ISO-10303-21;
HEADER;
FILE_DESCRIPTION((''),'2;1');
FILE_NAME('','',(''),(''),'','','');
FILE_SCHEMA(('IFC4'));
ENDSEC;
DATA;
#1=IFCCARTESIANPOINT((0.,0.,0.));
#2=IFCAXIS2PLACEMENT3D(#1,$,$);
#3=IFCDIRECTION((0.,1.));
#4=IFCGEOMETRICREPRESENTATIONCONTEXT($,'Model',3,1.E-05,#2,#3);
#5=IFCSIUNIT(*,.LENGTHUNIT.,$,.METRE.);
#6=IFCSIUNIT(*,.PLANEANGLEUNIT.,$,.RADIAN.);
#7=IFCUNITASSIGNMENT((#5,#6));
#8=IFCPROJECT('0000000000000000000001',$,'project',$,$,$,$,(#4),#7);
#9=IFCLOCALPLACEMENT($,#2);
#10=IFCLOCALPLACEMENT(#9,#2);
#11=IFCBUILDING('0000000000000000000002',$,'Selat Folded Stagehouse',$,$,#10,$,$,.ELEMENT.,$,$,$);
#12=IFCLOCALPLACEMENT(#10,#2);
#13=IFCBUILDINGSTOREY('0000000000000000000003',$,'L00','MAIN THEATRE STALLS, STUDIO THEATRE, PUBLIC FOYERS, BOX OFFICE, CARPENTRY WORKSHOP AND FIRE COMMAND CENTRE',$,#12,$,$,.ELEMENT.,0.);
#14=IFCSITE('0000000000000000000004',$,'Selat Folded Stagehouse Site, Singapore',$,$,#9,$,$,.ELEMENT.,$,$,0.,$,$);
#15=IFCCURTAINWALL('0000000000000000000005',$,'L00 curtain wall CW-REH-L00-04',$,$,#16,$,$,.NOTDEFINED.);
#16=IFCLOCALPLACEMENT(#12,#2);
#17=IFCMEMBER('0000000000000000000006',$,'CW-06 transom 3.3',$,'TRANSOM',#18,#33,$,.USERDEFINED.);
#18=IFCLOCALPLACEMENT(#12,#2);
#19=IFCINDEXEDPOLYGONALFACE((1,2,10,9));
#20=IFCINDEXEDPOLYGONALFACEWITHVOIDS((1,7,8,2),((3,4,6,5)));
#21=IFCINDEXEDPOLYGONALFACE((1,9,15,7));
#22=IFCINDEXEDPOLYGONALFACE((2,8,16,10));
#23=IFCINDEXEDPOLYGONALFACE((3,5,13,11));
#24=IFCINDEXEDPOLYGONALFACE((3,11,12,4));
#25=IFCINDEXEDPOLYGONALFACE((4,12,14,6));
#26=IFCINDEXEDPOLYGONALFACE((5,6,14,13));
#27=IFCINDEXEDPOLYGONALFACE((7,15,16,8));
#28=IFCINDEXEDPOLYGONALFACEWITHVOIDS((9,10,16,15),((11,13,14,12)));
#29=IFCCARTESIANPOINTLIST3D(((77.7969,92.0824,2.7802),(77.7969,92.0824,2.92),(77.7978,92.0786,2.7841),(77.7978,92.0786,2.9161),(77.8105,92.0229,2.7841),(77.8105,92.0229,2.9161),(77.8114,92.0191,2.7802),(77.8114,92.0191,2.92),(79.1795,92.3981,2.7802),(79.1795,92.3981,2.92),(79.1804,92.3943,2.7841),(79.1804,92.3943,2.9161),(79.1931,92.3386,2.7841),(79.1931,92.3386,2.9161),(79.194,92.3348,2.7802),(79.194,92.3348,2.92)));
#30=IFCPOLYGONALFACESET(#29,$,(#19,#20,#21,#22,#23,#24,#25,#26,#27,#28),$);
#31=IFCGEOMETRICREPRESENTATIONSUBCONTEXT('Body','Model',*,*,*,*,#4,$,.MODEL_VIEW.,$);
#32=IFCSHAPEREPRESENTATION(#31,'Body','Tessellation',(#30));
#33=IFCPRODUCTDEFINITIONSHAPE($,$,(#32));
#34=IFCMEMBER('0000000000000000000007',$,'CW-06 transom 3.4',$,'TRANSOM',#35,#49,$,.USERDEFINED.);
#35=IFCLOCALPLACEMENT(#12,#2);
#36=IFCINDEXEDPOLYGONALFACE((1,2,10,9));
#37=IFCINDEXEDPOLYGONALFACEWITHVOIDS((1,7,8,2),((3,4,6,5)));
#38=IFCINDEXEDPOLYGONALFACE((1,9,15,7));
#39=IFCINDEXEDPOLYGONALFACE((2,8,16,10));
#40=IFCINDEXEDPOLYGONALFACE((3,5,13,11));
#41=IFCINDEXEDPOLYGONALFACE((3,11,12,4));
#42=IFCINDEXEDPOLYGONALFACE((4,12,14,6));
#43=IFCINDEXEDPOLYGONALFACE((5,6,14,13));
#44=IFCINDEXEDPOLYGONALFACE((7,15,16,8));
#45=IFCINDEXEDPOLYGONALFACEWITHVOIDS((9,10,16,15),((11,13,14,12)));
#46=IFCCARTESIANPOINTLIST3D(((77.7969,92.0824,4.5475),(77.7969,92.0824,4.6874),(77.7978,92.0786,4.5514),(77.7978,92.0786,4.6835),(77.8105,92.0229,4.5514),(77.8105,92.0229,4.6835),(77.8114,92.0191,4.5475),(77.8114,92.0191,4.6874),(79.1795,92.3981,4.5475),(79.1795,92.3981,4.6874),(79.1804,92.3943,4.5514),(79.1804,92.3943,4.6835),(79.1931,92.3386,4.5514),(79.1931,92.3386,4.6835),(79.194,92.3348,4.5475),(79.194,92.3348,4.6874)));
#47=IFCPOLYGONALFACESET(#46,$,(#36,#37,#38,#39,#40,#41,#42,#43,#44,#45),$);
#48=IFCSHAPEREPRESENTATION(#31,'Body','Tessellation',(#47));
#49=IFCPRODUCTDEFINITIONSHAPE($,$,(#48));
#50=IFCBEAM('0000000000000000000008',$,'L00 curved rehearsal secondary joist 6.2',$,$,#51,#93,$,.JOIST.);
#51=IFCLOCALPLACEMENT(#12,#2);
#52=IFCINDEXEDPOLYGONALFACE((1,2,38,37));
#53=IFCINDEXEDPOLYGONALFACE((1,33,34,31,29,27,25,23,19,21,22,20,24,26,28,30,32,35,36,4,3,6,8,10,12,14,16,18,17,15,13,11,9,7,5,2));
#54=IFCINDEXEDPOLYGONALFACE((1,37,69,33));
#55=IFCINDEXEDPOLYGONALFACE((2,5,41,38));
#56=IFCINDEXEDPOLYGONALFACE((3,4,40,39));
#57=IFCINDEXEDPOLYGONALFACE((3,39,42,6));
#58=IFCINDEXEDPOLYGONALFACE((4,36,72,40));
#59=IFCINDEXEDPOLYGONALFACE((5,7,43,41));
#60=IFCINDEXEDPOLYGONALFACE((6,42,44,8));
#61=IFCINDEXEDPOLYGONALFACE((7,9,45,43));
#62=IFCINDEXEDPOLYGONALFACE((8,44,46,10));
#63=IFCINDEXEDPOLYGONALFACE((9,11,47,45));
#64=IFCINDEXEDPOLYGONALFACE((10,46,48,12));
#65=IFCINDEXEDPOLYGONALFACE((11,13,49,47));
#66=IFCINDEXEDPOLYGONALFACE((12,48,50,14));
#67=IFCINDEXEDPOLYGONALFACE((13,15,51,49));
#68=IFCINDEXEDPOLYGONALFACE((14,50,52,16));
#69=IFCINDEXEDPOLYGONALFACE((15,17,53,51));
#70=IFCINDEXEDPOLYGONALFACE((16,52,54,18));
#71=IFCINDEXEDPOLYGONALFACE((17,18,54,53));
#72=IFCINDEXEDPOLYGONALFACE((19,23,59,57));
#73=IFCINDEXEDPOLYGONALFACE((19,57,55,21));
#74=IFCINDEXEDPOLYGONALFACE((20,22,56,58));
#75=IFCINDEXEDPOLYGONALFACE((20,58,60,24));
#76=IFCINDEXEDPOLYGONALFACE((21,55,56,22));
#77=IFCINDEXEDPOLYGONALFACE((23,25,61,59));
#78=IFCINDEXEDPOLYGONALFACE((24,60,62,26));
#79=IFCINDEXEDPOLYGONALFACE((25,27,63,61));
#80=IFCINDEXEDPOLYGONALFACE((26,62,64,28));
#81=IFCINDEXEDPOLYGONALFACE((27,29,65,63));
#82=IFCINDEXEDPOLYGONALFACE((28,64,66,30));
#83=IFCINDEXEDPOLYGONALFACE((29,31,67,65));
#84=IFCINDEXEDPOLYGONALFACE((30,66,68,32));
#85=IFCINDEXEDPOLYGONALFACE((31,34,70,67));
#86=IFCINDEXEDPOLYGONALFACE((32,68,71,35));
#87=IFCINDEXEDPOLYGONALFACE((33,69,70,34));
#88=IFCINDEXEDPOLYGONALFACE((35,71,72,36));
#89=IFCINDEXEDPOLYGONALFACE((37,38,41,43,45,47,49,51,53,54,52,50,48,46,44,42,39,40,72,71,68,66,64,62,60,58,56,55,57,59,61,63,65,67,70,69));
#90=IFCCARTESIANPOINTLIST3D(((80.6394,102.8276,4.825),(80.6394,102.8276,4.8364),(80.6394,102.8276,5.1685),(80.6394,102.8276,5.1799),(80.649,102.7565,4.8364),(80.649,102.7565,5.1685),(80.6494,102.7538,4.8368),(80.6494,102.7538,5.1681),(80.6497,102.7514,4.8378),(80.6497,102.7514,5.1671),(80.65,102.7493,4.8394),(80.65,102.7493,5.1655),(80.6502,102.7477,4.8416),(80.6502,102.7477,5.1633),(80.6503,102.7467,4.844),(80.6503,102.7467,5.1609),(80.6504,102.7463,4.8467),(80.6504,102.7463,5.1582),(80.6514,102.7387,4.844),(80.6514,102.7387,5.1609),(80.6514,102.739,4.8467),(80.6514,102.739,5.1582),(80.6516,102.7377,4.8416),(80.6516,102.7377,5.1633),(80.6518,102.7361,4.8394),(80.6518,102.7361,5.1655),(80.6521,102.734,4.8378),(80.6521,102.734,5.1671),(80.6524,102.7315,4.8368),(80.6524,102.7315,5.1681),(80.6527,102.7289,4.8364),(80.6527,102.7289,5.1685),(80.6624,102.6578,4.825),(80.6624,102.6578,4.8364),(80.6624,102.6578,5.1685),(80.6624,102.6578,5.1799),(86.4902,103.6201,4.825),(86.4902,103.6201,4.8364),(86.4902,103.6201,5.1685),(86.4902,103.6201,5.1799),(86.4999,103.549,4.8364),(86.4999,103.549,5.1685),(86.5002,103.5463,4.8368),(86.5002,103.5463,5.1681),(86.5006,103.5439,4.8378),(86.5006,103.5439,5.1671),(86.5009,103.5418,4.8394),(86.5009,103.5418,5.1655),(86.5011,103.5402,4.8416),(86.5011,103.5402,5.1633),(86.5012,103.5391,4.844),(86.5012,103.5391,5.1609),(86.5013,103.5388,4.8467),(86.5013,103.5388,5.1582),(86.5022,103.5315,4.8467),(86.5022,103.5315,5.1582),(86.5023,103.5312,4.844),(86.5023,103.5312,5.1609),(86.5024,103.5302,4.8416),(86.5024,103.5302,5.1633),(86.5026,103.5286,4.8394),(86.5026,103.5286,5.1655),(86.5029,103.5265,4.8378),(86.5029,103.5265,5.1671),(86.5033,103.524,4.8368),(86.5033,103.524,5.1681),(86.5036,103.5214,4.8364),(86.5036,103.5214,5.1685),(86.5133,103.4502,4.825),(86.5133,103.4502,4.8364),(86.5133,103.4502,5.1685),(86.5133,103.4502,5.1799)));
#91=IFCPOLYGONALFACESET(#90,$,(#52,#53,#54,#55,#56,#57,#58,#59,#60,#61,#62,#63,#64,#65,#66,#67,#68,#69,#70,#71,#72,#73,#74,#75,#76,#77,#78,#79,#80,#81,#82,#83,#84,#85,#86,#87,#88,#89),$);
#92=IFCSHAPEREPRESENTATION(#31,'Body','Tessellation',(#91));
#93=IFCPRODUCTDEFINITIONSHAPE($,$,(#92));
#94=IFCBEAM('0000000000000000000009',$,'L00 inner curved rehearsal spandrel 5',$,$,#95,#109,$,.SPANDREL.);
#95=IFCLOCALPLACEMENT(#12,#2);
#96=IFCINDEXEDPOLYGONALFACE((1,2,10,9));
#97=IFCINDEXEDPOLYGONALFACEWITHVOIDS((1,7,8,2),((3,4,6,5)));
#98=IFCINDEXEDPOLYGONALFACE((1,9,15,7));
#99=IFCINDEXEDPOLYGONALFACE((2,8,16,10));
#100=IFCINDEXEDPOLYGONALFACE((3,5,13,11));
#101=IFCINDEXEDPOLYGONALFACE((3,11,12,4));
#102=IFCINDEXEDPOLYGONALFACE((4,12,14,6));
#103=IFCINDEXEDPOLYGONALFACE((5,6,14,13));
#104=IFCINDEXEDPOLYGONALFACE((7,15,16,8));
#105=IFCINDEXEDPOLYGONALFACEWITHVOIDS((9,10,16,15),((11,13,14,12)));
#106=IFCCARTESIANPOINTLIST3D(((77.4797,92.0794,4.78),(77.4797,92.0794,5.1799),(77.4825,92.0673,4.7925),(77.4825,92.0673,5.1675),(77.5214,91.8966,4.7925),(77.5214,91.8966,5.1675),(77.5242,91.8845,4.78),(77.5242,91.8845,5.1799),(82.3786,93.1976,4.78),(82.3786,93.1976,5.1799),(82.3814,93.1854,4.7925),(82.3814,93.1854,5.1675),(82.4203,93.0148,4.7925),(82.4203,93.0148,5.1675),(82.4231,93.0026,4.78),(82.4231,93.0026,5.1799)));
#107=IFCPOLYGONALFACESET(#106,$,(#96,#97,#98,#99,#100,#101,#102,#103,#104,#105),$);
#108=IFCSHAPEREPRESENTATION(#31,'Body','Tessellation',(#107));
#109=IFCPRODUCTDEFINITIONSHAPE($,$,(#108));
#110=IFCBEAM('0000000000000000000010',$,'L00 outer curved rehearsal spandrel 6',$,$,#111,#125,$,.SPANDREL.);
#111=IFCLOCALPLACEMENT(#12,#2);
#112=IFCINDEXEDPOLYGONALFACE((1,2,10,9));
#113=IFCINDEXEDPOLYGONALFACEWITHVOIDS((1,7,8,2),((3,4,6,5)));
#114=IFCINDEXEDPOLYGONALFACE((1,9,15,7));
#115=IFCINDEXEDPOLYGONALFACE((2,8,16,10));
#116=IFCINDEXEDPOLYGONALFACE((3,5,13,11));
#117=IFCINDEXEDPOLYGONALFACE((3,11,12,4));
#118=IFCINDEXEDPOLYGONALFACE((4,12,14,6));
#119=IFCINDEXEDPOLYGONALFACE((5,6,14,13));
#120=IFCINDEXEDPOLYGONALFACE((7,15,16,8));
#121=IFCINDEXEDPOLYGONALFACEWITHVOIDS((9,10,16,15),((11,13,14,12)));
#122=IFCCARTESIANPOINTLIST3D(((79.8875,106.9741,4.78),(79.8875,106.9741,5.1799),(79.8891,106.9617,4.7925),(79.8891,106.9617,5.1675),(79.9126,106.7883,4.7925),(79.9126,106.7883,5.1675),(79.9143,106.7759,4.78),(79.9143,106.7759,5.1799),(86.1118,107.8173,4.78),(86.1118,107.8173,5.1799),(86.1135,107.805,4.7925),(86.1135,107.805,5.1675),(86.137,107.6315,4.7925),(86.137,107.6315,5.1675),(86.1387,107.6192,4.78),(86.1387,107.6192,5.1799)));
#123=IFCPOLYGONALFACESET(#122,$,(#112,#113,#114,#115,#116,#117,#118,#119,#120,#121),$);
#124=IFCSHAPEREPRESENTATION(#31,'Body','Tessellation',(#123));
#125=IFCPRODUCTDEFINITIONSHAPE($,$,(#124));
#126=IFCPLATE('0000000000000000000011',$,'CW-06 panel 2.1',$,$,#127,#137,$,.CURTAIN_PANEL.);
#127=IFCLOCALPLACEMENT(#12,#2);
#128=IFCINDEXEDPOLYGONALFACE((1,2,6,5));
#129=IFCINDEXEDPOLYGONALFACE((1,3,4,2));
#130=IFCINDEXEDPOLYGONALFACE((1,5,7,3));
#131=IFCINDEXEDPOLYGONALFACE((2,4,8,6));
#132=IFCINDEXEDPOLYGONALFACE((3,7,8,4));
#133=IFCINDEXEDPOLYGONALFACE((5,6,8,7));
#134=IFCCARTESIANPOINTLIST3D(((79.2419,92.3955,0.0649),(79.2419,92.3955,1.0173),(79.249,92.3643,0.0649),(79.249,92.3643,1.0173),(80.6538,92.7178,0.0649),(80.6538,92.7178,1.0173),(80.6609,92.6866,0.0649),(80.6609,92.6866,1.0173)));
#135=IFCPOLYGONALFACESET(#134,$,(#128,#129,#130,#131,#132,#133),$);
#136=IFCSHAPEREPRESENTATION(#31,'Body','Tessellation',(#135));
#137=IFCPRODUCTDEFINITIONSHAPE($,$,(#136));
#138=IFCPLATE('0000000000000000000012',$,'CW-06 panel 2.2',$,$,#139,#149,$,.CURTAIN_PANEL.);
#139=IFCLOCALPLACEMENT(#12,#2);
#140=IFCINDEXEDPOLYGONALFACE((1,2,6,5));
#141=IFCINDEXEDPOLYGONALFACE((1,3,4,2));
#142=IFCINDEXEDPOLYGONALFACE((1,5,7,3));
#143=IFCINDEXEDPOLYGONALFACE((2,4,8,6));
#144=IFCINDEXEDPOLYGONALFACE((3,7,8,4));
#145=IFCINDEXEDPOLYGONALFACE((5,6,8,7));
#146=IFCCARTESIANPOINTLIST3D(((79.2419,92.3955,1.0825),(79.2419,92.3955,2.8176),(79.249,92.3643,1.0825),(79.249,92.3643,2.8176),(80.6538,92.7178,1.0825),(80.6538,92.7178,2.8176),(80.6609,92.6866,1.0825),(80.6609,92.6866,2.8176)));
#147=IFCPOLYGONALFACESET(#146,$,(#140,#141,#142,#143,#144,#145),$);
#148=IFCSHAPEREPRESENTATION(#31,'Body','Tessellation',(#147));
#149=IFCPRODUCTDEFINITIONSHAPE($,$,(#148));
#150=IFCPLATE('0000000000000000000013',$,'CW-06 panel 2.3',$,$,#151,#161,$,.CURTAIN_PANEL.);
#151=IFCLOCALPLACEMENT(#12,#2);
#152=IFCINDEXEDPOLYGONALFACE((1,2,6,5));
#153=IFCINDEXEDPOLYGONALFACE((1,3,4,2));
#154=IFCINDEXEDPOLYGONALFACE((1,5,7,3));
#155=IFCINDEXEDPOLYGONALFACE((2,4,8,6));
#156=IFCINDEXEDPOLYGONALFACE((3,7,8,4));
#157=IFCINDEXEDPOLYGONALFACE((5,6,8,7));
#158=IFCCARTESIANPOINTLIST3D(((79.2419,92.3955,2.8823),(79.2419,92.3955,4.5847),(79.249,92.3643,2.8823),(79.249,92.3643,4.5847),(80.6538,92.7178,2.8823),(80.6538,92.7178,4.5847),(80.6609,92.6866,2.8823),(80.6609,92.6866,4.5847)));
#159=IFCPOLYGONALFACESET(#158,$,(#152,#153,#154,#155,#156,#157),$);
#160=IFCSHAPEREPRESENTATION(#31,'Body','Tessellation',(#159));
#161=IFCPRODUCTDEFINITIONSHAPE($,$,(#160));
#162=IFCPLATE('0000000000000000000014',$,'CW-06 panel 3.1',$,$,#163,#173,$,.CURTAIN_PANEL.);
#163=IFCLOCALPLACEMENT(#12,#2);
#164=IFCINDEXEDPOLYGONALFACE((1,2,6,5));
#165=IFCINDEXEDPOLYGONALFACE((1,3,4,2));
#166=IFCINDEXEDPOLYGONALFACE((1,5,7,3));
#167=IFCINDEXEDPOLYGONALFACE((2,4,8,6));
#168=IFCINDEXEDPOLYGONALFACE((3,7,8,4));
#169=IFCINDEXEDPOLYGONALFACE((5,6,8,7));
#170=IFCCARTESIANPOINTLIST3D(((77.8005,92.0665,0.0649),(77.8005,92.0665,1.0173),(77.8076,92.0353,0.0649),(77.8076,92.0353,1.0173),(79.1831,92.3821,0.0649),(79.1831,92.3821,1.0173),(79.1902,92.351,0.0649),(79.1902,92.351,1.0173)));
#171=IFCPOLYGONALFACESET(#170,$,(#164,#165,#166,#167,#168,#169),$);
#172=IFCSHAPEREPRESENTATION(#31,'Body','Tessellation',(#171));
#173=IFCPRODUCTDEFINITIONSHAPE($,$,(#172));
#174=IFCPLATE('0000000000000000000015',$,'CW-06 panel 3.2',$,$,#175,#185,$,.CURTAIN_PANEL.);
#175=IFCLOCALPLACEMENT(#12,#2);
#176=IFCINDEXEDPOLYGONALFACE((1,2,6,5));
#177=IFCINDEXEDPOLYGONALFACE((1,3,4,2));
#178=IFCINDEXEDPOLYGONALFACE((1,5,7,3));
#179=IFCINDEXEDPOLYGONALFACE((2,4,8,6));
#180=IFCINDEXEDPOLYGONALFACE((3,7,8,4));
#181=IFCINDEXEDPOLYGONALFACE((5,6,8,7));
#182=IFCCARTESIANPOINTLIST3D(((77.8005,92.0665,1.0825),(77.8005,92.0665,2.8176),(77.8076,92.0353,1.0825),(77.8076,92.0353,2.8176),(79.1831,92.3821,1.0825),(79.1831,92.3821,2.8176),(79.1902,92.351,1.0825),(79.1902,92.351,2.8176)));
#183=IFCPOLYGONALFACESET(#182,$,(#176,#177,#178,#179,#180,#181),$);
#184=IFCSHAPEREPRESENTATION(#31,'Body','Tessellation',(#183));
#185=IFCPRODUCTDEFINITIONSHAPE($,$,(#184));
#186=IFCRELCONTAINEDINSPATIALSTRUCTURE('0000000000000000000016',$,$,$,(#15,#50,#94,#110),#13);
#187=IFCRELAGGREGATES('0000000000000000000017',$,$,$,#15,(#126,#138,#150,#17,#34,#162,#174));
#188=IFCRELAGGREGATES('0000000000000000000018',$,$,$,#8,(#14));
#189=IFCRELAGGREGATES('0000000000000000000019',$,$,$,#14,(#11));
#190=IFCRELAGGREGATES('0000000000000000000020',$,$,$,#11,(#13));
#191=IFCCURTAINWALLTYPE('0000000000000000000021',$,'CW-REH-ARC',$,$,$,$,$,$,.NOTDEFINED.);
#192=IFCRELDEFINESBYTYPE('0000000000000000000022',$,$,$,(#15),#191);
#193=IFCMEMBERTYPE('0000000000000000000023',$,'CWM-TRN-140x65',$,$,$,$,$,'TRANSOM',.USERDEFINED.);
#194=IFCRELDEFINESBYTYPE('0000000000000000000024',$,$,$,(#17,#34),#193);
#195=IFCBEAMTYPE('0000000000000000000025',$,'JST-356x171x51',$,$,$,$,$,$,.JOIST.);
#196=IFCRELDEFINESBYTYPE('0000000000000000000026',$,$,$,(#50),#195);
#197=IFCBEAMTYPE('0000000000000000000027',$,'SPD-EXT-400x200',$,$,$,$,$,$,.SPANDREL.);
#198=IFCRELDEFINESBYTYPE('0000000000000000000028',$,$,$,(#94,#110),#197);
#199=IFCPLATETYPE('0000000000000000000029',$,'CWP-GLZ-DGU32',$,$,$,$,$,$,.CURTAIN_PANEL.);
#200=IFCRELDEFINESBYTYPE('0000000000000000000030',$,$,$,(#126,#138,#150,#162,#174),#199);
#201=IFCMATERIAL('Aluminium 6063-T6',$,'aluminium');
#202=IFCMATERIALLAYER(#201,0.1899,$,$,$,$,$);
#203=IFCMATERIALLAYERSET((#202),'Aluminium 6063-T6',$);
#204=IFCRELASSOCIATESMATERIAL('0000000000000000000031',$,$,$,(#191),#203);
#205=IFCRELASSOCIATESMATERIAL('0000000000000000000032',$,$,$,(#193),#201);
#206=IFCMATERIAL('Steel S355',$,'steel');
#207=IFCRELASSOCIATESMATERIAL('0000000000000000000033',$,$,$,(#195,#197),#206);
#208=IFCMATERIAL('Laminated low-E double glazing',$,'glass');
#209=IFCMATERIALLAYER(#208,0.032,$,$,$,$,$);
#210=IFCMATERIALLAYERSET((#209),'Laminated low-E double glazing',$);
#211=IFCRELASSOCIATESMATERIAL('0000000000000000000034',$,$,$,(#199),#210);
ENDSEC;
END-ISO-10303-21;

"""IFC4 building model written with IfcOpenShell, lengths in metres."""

from ifc_helpers import new_model, si_unit, direction, frame, origin, origin_2d, place, context, subcontext, project, spatial, rectangle, hollow_rectangle, i_section, extrude, material, layer, layer_set, material_profile, profile_set, type_object, element, aggregate, save


model = new_model("IFC4")

# Units and contexts
model_context = context("Model", 3, precision=1e-05, world=origin(), true_north=direction((0.0, 1.0)))
body_context = subcontext(model_context, "Body", "Model", "MODEL_VIEW")
ifc_project = project(units=[si_unit("LENGTHUNIT", "METRE"), si_unit("PLANEANGLEUNIT", "RADIAN")], contexts=[model_context])

# Site, building, storey
site_placement = place(None, origin())
site = spatial("IfcSite", under=ifc_project, at=site_placement, Name="Selat Folded Stagehouse Site, Singapore", CompositionType="ELEMENT", RefElevation=0.0)
building_placement = place(site_placement, origin())
building = spatial("IfcBuilding", under=site, at=building_placement, Name="Selat Folded Stagehouse", CompositionType="ELEMENT")
storey_placement = place(building_placement, origin())
storey = spatial("IfcBuildingStorey", under=building, at=storey_placement, Name="L00", Description="MAIN THEATRE STALLS, STUDIO THEATRE, PUBLIC FOYERS, BOX OFFICE, CARPENTRY WORKSHOP AND FIRE COMMAND CENTRE", CompositionType="ELEMENT", Elevation=0.0)

# Shared definitions
ifc_material_1 = material(Name="Steel S355", Category="steel")

# Shared definitions
ifc_material_2 = material(Name="Aluminium 6063-T6", Category="aluminium")
ifc_layer_1 = layer(ifc_material_2, 0.1899)
ifc_layer_set_1 = layer_set([ifc_layer_1], Name="Aluminium 6063-T6")
curtain_wall_type = type_object("IfcCurtainWallType", Name="CW-REH-ARC", PredefinedType="NOTDEFINED", material=ifc_layer_set_1)

# Curtain wall
curtain_wall_1_placement = place(storey_placement, origin())
curtain_wall_1 = element("IfcCurtainWall", 1, at=curtain_wall_1_placement, inside=storey, type_object=curtain_wall_type, Name="L00 curtain wall CW-REH-L00-04", PredefinedType="NOTDEFINED")

# Members
ifc_material_profile_1 = material_profile(ifc_material_2, hollow_rectangle(XDim=0.0649, YDim=0.1399, WallThickness=0.0039, at=origin_2d()), Name="ALU 140x65x4.0")
ifc_profile_set_1 = profile_set([ifc_material_profile_1], Name="Aluminium 6063-T6")
member_type_1 = type_object("IfcMemberType", Name="CWM-TRN-140x65", ElementType="TRANSOM", PredefinedType="USERDEFINED", material=ifc_profile_set_1)
member_1_placement = place(storey_placement, frame((79.1868, 92.3665, 2.8501), z_axis=(-0.974911, -0.222596, 0.0), x_axis=(0.222596, -0.974911, 0.0)))
member_1 = element("IfcMember", 2, at=member_1_placement, type_object=member_type_1, Name="CW-06 transom 3.3", ObjectType="TRANSOM", PredefinedType="USERDEFINED", context=body_context, shape_type="SweptSolid", body=[
    extrude(hollow_rectangle(XDim=0.0649, YDim=0.1399, WallThickness=0.0039, at=origin_2d()), origin(), (0.0, 0.0, 1.0), 1.4182),
])
member_2_placement = place(storey_placement, frame((79.1868, 92.3665, 4.6174), z_axis=(-0.974911, -0.222596, 0.0), x_axis=(0.222596, -0.974911, 0.0)))
member_2 = element("IfcMember", 3, at=member_2_placement, type_object=member_type_1, Name="CW-06 transom 3.4", ObjectType="TRANSOM", PredefinedType="USERDEFINED", context=body_context, shape_type="SweptSolid", body=[
    extrude(hollow_rectangle(XDim=0.0649, YDim=0.1399, WallThickness=0.0039, at=origin_2d()), origin(), (0.0, 0.0, 1.0), 1.4182),
])

# Beams
ifc_material_profile_2 = material_profile(ifc_material_1, i_section(OverallWidth=0.1714, OverallDepth=0.355, WebThickness=0.0073, FlangeThickness=0.0115, FilletRadius=0.0103, at=origin_2d()), Name="UKB 356x171x51")
ifc_profile_set_2 = profile_set([ifc_material_profile_2], Name="Steel S355")
beam_type_1 = type_object("IfcBeamType", Name="JST-356x171x51", PredefinedType="JOIST", material=ifc_profile_set_2)
beam_1_placement = place(storey_placement, frame((80.6509, 102.7427, 5.0024), z_axis=(0.990951, 0.134222, 0.0), x_axis=(-0.134222, 0.990951, 0.0)))
element("IfcBeam", 4, at=beam_1_placement, inside=storey, type_object=beam_type_1, Name="L00 curved rehearsal secondary joist 6.2", PredefinedType="JOIST", context=body_context, shape_type="SweptSolid", body=[
    extrude(i_section(OverallWidth=0.1714, OverallDepth=0.355, WebThickness=0.0073, FlangeThickness=0.0115, FilletRadius=0.0103, at=origin_2d()), origin(), (0.0, 0.0, 1.0), 5.9043),
])
ifc_material_profile_3 = material_profile(ifc_material_1, hollow_rectangle(XDim=0.2, YDim=0.3999, WallThickness=0.0125, at=origin_2d()), Name="RHS 400x200x12.5")
ifc_profile_set_3 = profile_set([ifc_material_profile_3], Name="Steel S355")
beam_type_2 = type_object("IfcBeamType", Name="SPD-EXT-400x200", PredefinedType="SPANDREL", material=ifc_profile_set_3)
beam_2_placement = place(storey_placement, frame((77.502, 91.9819, 4.98), z_axis=(0.974927, 0.222524, 0.0), x_axis=(-0.222524, 0.974927, 0.0)))
element("IfcBeam", 5, at=beam_2_placement, inside=storey, type_object=beam_type_2, Name="L00 inner curved rehearsal spandrel 5", PredefinedType="SPANDREL", context=body_context, shape_type="SweptSolid", body=[
    extrude(hollow_rectangle(XDim=0.2, YDim=0.3999, WallThickness=0.0125, at=origin_2d()), origin(), (0.0, 0.0, 1.0), 5.0249),
])
beam_3_placement = place(storey_placement, frame((79.9009, 106.875, 4.98), z_axis=(0.990947, 0.134251, 0.0), x_axis=(-0.134251, 0.990947, 0.0)))
element("IfcBeam", 6, at=beam_3_placement, inside=storey, type_object=beam_type_2, Name="L00 outer curved rehearsal spandrel 6", PredefinedType="SPANDREL", context=body_context, shape_type="SweptSolid", body=[
    extrude(hollow_rectangle(XDim=0.2, YDim=0.3999, WallThickness=0.0125, at=origin_2d()), origin(), (0.0, 0.0, 1.0), 6.2812),
])

# Plates
ifc_material_3 = material(Name="Laminated low-E double glazing", Category="glass")
ifc_layer_2 = layer(ifc_material_3, 0.032)
ifc_layer_set_2 = layer_set([ifc_layer_2], Name="Laminated low-E double glazing")
plate_type = type_object("IfcPlateType", Name="CWP-GLZ-DGU32", PredefinedType="CURTAIN_PANEL", material=ifc_layer_set_2)
plate_1_placement = place(storey_placement, frame((79.9514, 92.541, 0.0649), z_axis=(0.0, 0.0, 1.0), x_axis=(-0.974923, -0.222543, 0.0)))
plate_1 = element("IfcPlate", 7, at=plate_1_placement, type_object=plate_type, Name="CW-06 panel 2.1", PredefinedType="CURTAIN_PANEL", context=body_context, shape_type="SweptSolid", body=[
    extrude(rectangle(XDim=1.4482, YDim=0.032, at=origin_2d()), origin(), (0.0, 0.0, 1.0), 0.9524),
])
plate_2_placement = place(storey_placement, frame((79.9514, 92.541, 1.0825), z_axis=(0.0, 0.0, 1.0), x_axis=(-0.974923, -0.222543, 0.0)))
plate_2 = element("IfcPlate", 8, at=plate_2_placement, type_object=plate_type, Name="CW-06 panel 2.2", PredefinedType="CURTAIN_PANEL", context=body_context, shape_type="SweptSolid", body=[
    extrude(rectangle(XDim=1.4482, YDim=0.032, at=origin_2d()), origin(), (0.0, 0.0, 1.0), 1.7351),
])
plate_3_placement = place(storey_placement, frame((79.9514, 92.541, 2.8823), z_axis=(0.0, 0.0, 1.0), x_axis=(-0.974923, -0.222543, 0.0)))
plate_3 = element("IfcPlate", 9, at=plate_3_placement, type_object=plate_type, Name="CW-06 panel 2.3", PredefinedType="CURTAIN_PANEL", context=body_context, shape_type="SweptSolid", body=[
    extrude(rectangle(XDim=1.4482, YDim=0.032, at=origin_2d()), origin(), (0.0, 0.0, 1.0), 1.7024),
])
plate_4_placement = place(storey_placement, frame((78.4954, 92.2087, 0.0649), z_axis=(0.0, 0.0, 1.0), x_axis=(-0.974923, -0.222543, 0.0)))
plate_4 = element("IfcPlate", 10, at=plate_4_placement, type_object=plate_type, Name="CW-06 panel 3.1", PredefinedType="CURTAIN_PANEL", context=body_context, shape_type="SweptSolid", body=[
    extrude(rectangle(XDim=1.4182, YDim=0.032, at=origin_2d()), origin(), (0.0, 0.0, 1.0), 0.9524),
])
plate_5_placement = place(storey_placement, frame((78.4954, 92.2087, 1.0825), z_axis=(0.0, 0.0, 1.0), x_axis=(-0.974923, -0.222543, 0.0)))
plate_5 = element("IfcPlate", 11, at=plate_5_placement, type_object=plate_type, Name="CW-06 panel 3.2", PredefinedType="CURTAIN_PANEL", context=body_context, shape_type="SweptSolid", body=[
    extrude(rectangle(XDim=1.4182, YDim=0.032, at=origin_2d()), origin(), (0.0, 0.0, 1.0), 1.7351),
])
aggregate(curtain_wall_1, [plate_1, plate_2, plate_3, member_1, member_2, plate_4, plate_5])

save(model, "model.ifc")
